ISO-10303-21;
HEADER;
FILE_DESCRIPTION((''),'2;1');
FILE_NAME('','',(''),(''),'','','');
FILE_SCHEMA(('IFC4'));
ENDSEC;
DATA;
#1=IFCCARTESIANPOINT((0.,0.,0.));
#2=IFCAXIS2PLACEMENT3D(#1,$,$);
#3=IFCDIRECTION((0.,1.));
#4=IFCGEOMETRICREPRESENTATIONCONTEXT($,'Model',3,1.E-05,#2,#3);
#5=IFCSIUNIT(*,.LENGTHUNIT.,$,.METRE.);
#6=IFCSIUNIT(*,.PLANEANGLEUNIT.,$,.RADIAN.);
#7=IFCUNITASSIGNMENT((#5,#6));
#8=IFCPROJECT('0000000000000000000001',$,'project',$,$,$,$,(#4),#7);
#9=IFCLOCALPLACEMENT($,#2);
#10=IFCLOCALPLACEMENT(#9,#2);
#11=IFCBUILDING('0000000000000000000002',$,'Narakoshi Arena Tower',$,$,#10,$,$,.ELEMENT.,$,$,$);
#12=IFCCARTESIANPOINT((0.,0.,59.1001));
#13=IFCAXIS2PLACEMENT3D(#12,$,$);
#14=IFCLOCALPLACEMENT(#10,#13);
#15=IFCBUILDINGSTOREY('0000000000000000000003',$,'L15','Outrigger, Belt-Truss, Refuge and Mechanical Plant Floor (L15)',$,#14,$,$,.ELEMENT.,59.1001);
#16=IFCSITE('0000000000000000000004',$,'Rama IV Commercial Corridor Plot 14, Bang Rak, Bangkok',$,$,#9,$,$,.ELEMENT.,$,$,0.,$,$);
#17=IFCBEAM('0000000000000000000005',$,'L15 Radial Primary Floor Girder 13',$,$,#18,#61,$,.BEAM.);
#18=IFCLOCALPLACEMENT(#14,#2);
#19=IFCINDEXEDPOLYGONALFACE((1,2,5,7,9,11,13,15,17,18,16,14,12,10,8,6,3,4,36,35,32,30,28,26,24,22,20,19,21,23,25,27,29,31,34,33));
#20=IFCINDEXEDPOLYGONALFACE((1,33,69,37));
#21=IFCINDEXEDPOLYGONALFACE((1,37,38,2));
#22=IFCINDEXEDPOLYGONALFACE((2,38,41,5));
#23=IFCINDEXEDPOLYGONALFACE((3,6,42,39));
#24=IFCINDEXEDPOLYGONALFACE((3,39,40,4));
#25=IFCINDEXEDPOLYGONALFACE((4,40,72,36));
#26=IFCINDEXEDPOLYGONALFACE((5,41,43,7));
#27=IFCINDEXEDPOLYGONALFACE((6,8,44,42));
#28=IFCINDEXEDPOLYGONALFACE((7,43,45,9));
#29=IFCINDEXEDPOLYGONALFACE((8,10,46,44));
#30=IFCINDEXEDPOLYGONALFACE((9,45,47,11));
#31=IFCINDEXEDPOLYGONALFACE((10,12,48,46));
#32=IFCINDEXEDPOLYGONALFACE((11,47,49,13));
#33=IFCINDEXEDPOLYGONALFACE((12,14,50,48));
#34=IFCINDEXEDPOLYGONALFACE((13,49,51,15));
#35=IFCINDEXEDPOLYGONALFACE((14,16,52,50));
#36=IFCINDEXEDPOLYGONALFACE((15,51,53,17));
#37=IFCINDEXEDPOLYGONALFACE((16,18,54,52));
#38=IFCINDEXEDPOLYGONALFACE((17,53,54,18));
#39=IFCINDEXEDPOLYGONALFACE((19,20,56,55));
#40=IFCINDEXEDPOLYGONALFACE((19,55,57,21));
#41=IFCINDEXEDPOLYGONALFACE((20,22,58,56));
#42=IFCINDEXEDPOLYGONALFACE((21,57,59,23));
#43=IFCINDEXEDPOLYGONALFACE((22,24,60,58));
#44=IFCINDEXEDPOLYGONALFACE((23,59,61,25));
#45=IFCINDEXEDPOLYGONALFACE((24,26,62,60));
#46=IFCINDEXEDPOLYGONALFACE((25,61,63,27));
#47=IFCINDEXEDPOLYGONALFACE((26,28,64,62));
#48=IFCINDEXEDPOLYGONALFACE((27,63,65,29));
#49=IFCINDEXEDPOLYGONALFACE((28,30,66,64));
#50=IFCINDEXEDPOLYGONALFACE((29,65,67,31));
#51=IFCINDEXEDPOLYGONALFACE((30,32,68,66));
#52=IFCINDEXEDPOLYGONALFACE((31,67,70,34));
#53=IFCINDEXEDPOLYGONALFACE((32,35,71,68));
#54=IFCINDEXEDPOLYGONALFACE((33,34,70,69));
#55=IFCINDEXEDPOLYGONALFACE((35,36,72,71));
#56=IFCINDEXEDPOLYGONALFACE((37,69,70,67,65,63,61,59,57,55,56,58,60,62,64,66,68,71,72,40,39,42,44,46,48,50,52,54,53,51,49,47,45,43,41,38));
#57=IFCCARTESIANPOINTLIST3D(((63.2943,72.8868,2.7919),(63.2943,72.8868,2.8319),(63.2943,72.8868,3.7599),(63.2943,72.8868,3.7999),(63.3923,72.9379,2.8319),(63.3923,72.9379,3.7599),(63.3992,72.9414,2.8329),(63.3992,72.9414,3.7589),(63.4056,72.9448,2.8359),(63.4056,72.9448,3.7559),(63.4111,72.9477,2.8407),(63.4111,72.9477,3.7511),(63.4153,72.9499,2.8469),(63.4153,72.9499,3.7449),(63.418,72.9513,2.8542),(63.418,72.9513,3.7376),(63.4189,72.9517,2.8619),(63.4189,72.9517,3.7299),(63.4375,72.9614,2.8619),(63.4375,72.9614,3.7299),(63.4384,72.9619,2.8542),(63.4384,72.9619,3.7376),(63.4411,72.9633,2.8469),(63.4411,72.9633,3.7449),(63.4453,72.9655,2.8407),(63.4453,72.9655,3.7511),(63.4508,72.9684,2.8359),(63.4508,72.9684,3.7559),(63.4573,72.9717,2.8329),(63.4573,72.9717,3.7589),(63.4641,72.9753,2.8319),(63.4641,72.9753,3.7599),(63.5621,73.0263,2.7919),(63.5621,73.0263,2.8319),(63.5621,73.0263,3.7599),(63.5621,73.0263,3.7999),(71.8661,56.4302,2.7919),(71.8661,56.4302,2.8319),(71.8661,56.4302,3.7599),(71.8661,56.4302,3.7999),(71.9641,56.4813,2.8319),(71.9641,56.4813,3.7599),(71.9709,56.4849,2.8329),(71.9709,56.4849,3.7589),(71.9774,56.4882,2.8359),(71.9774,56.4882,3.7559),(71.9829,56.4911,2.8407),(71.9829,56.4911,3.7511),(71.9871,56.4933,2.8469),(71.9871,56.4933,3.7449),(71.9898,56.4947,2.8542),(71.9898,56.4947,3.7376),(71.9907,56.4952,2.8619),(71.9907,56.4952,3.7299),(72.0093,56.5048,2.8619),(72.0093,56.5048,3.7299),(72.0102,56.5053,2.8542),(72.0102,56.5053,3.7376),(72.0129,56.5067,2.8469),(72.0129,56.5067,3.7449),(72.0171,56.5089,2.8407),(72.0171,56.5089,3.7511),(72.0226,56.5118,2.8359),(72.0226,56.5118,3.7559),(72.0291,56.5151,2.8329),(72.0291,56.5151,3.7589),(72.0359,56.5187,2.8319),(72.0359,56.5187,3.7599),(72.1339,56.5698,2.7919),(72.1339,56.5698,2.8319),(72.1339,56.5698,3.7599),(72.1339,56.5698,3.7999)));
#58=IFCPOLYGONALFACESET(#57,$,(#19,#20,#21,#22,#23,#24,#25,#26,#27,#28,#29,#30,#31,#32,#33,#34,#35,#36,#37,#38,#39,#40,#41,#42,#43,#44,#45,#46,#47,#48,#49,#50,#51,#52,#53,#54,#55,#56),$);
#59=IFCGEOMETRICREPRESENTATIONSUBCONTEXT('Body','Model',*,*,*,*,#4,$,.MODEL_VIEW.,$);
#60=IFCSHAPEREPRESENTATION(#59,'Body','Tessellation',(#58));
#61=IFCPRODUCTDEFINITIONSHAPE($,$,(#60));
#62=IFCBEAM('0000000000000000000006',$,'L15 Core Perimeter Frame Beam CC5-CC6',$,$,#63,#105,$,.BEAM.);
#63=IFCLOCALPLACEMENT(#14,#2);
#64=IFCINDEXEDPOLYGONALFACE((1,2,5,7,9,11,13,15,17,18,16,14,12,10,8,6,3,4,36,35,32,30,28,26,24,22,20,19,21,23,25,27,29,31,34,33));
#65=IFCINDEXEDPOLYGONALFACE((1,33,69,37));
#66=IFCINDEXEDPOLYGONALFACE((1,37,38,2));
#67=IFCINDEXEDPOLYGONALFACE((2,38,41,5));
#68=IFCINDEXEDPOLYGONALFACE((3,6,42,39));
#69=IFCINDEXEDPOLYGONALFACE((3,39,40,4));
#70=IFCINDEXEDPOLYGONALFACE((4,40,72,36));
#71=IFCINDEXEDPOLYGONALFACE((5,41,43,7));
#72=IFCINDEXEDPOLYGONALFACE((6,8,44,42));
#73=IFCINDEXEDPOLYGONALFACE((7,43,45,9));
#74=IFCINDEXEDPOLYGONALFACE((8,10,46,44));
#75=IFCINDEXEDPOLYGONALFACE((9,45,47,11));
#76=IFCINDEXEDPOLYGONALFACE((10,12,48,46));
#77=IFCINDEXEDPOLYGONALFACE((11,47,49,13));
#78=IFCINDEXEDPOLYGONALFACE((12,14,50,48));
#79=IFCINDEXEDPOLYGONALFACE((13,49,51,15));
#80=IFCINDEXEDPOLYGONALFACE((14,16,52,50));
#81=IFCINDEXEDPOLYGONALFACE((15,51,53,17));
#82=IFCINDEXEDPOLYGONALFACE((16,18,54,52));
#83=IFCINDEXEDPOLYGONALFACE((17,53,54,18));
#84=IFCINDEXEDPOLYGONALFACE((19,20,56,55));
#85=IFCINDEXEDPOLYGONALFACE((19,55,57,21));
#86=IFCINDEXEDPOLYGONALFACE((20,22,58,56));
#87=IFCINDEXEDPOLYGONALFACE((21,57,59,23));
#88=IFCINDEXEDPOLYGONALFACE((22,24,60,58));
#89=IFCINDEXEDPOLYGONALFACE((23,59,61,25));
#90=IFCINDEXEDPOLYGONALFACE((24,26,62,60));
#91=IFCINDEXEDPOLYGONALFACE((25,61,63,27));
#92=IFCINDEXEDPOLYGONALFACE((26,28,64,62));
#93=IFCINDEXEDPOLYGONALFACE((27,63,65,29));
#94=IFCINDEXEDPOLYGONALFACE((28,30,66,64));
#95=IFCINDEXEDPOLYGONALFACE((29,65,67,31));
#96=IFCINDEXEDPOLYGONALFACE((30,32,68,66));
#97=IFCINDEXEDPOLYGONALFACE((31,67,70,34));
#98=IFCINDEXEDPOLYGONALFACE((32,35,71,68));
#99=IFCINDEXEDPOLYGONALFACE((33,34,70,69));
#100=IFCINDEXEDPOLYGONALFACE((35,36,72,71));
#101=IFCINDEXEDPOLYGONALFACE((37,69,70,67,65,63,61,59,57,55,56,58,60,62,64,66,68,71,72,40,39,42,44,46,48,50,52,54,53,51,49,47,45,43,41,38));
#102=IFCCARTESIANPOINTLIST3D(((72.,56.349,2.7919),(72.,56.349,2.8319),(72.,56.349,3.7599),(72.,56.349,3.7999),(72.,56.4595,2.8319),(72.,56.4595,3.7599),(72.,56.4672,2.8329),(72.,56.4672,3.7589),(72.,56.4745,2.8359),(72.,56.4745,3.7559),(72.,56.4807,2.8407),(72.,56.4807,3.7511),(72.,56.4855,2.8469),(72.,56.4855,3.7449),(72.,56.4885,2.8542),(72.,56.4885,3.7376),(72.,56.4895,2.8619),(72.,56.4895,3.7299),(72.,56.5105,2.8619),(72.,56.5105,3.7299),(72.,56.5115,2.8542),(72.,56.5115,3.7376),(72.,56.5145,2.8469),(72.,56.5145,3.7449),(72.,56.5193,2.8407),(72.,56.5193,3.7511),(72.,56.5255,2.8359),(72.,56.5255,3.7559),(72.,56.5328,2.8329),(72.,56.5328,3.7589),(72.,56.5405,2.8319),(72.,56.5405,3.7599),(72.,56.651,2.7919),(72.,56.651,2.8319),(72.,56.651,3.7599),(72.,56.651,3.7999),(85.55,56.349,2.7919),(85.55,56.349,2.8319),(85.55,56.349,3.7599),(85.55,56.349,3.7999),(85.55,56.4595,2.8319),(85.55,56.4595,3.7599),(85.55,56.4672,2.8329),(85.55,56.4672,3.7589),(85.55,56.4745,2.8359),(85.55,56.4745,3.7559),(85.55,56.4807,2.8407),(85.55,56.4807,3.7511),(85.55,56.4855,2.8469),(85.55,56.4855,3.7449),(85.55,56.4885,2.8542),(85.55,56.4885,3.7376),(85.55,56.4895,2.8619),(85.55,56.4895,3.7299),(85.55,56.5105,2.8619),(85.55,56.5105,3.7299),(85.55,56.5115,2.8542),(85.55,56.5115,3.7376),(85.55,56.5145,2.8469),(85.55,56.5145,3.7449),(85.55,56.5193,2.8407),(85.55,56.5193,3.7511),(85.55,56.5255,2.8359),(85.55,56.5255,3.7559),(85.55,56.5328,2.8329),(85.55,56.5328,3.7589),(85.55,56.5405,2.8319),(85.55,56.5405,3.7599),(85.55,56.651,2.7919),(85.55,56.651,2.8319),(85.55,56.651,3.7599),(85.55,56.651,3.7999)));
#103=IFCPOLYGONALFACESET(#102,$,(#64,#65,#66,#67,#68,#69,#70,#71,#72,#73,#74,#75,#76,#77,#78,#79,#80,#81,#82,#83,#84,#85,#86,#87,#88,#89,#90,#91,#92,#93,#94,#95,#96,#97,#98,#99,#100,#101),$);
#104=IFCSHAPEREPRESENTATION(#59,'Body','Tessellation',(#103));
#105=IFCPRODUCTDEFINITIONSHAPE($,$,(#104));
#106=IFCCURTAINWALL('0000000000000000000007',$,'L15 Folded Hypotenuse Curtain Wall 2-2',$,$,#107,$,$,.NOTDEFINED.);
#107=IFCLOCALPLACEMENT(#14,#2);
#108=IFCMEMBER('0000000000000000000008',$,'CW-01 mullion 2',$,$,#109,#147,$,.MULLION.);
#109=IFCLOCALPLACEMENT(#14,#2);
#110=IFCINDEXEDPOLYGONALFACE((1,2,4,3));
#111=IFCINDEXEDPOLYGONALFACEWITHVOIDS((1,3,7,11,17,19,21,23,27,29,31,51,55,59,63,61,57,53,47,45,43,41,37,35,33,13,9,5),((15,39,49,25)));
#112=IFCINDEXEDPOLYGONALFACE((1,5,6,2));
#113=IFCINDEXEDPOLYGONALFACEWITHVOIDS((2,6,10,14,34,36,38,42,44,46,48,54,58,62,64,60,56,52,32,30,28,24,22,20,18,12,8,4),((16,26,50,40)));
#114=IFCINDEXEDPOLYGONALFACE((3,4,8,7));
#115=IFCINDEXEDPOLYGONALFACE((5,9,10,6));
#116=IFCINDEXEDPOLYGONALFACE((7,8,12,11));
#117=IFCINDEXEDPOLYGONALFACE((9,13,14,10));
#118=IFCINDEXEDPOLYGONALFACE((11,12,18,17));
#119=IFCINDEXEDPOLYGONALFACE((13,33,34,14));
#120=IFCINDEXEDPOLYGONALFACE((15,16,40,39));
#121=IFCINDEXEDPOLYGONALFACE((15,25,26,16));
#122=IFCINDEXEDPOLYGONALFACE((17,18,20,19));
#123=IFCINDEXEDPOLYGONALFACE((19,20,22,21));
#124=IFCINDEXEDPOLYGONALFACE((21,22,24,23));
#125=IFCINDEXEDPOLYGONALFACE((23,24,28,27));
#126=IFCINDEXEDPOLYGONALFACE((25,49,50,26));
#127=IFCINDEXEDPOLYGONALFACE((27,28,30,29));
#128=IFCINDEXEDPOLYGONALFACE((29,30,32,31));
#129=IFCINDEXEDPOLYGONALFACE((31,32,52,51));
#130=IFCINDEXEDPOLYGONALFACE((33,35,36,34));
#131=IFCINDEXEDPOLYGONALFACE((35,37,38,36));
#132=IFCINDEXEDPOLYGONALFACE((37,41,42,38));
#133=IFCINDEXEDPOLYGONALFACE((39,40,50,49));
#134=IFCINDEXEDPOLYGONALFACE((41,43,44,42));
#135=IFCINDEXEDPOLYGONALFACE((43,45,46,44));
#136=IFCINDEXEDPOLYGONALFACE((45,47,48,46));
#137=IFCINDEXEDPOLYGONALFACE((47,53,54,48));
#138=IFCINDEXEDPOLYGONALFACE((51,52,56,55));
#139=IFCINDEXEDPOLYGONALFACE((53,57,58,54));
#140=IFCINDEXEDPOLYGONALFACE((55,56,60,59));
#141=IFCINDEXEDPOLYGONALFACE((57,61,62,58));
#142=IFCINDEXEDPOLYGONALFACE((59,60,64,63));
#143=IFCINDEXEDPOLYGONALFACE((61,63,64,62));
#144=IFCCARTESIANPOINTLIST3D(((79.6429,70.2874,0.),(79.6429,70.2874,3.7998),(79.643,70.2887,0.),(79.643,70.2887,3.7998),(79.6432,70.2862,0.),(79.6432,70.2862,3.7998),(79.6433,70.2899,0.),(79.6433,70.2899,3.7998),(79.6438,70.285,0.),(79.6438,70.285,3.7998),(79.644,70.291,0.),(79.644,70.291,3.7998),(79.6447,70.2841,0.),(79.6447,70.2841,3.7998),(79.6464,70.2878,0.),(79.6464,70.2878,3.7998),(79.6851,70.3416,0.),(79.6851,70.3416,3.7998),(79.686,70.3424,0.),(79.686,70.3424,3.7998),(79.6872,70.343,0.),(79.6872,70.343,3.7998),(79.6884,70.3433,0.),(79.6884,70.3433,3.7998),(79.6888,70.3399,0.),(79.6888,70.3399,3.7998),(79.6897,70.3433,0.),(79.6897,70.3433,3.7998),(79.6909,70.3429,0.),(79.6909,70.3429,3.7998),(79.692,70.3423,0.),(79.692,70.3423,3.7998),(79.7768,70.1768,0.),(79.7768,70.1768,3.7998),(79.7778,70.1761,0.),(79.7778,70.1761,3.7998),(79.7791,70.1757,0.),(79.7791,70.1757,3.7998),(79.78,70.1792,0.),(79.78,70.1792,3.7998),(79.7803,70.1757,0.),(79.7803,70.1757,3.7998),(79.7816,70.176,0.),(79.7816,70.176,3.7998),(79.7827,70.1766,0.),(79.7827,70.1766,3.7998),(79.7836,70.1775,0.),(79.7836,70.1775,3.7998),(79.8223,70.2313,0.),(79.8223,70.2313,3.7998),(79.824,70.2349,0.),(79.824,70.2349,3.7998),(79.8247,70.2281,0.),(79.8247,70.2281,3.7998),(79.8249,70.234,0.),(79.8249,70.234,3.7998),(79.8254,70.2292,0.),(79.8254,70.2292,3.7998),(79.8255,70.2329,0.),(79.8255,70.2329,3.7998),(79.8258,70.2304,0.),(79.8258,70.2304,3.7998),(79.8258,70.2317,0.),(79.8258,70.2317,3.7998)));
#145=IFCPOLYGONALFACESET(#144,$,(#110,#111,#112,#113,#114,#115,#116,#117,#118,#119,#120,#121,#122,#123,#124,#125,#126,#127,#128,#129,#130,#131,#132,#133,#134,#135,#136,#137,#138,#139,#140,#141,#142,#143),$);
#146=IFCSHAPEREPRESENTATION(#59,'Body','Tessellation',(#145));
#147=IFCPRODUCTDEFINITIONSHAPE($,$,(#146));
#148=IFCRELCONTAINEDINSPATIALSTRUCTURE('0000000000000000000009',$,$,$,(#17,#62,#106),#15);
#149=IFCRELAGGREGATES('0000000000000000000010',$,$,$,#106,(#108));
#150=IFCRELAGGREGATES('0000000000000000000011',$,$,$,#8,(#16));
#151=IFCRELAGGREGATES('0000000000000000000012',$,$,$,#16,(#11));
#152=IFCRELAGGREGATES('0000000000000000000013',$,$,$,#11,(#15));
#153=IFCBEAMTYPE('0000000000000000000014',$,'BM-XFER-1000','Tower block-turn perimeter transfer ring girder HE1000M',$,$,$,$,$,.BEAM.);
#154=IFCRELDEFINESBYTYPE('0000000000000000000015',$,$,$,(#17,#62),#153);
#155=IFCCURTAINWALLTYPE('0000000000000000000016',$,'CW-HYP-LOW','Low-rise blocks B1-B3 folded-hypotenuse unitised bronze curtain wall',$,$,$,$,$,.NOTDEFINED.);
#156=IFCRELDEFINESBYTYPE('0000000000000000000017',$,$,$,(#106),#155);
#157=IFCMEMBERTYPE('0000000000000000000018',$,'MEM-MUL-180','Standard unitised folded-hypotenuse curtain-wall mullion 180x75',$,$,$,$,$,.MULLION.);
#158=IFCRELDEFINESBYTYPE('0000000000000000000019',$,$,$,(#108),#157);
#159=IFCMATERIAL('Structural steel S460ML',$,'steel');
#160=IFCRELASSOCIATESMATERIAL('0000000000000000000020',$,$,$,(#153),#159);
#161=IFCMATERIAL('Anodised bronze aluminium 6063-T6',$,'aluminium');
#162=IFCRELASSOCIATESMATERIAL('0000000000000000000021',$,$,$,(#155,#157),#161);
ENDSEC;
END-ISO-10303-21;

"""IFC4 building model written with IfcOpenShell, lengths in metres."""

from ifc_helpers import new_model, si_unit, direction, frame, origin, origin_2d, place, context, subcontext, project, spatial, hollow_rectangle, i_section, extrude, material, material_profile, profile_set, type_object, element, aggregate, save


model = new_model("IFC4")

# Units and contexts
model_context = context("Model", 3, precision=1e-05, world=origin(), true_north=direction((0.0, 1.0)))
body_context = subcontext(model_context, "Body", "Model", "MODEL_VIEW")
ifc_project = project(units=[si_unit("LENGTHUNIT", "METRE"), si_unit("PLANEANGLEUNIT", "RADIAN")], contexts=[model_context])

# Site, building, storey
site_placement = place(None, origin())
site = spatial("IfcSite", under=ifc_project, at=site_placement, Name="Rama IV Commercial Corridor Plot 14, Bang Rak, Bangkok", CompositionType="ELEMENT", RefElevation=0.0)
building_placement = place(site_placement, origin())
building = spatial("IfcBuilding", under=site, at=building_placement, Name="Narakoshi Arena Tower", CompositionType="ELEMENT")
storey_placement = place(building_placement, frame((0.0, 0.0, 59.1001)))
storey = spatial("IfcBuildingStorey", under=building, at=storey_placement, Name="L15", Description="Outrigger, Belt-Truss, Refuge and Mechanical Plant Floor (L15)", CompositionType="ELEMENT", Elevation=59.1001)

# Shared definitions
ifc_material_1 = material(Name="Structural steel S460ML", Category="steel")

# Beams
ifc_material_profile_1 = material_profile(ifc_material_1, i_section(OverallWidth=0.302, OverallDepth=1.0081, WebThickness=0.021, FlangeThickness=0.04, FilletRadius=0.03, at=origin_2d()), Name="HE1000M")
ifc_profile_set_1 = profile_set([ifc_material_profile_1], Name="Structural steel S460ML")
beam_type_1 = type_object("IfcBeamType", Name="BM-XFER-1000", Description="Tower block-turn perimeter transfer ring girder HE1000M", PredefinedType="BEAM", material=ifc_profile_set_1)
beam_1_placement = place(storey_placement, frame((72.0, 56.5, 3.2959), z_axis=(-0.461962, 0.886899, 0.0), x_axis=(-0.886899, -0.461962, 0.0)))
element("IfcBeam", 1, at=beam_1_placement, inside=storey, type_object=beam_type_1, Name="L15 Radial Primary Floor Girder 13", PredefinedType="BEAM", context=body_context, shape_type="SweptSolid", body=[
    extrude(i_section(OverallWidth=0.302, OverallDepth=1.0081, WebThickness=0.021, FlangeThickness=0.04, FilletRadius=0.03, at=origin_2d()), origin(), (0.0, 0.0, 1.0), 18.5552),
])
beam_2_placement = place(storey_placement, frame((72.0, 56.5, 3.2959), z_axis=(1.0, 0.0, 0.0), x_axis=(0.0, 1.0, 0.0)))
element("IfcBeam", 2, at=beam_2_placement, inside=storey, type_object=beam_type_1, Name="L15 Core Perimeter Frame Beam CC5-CC6", PredefinedType="BEAM", context=body_context, shape_type="SweptSolid", body=[
    extrude(i_section(OverallWidth=0.302, OverallDepth=1.0081, WebThickness=0.021, FlangeThickness=0.04, FilletRadius=0.03, at=origin_2d()), origin(), (0.0, 0.0, 1.0), 13.55),
])

# Curtain wall, member
ifc_material_2 = material(Name="Anodised bronze aluminium 6063-T6", Category="aluminium")
curtain_wall_type = type_object("IfcCurtainWallType", Name="CW-HYP-LOW", Description="Low-rise blocks B1-B3 folded-hypotenuse unitised bronze curtain wall", PredefinedType="NOTDEFINED", material=ifc_material_2)
curtain_wall_placement = place(storey_placement, origin())
curtain_wall = element("IfcCurtainWall", 3, at=curtain_wall_placement, inside=storey, type_object=curtain_wall_type, Name="L15 Folded Hypotenuse Curtain Wall 2-2", PredefinedType="NOTDEFINED")
ifc_material_profile_2 = material_profile(ifc_material_2, hollow_rectangle(XDim=0.075, YDim=0.1799, WallThickness=0.0039, OuterFilletRadius=0.0049, at=origin_2d()), Name="MUL180x75x4")
ifc_profile_set_2 = profile_set([ifc_material_profile_2], Name="Anodised bronze aluminium 6063-T6")
member_type_1 = type_object("IfcMemberType", Name="MEM-MUL-180", Description="Standard unitised folded-hypotenuse curtain-wall mullion 180x75", PredefinedType="MULLION", material=ifc_profile_set_2)
member_1_placement = place(storey_placement, frame((79.7344, 70.2595, 0.0), z_axis=(0.0, 0.0, 1.0), x_axis=(-0.630733, -0.776, 0.0)))
member_1 = element("IfcMember", 4, at=member_1_placement, type_object=member_type_1, Name="CW-01 mullion 2", PredefinedType="MULLION", context=body_context, shape_type="SweptSolid", body=[
    extrude(hollow_rectangle(XDim=0.075, YDim=0.1799, WallThickness=0.0039, OuterFilletRadius=0.0049, at=origin_2d()), origin(), (0.0, 0.0, 1.0), 3.7998),
])

aggregate(curtain_wall, [member_1])

save(model, "model.ifc")
